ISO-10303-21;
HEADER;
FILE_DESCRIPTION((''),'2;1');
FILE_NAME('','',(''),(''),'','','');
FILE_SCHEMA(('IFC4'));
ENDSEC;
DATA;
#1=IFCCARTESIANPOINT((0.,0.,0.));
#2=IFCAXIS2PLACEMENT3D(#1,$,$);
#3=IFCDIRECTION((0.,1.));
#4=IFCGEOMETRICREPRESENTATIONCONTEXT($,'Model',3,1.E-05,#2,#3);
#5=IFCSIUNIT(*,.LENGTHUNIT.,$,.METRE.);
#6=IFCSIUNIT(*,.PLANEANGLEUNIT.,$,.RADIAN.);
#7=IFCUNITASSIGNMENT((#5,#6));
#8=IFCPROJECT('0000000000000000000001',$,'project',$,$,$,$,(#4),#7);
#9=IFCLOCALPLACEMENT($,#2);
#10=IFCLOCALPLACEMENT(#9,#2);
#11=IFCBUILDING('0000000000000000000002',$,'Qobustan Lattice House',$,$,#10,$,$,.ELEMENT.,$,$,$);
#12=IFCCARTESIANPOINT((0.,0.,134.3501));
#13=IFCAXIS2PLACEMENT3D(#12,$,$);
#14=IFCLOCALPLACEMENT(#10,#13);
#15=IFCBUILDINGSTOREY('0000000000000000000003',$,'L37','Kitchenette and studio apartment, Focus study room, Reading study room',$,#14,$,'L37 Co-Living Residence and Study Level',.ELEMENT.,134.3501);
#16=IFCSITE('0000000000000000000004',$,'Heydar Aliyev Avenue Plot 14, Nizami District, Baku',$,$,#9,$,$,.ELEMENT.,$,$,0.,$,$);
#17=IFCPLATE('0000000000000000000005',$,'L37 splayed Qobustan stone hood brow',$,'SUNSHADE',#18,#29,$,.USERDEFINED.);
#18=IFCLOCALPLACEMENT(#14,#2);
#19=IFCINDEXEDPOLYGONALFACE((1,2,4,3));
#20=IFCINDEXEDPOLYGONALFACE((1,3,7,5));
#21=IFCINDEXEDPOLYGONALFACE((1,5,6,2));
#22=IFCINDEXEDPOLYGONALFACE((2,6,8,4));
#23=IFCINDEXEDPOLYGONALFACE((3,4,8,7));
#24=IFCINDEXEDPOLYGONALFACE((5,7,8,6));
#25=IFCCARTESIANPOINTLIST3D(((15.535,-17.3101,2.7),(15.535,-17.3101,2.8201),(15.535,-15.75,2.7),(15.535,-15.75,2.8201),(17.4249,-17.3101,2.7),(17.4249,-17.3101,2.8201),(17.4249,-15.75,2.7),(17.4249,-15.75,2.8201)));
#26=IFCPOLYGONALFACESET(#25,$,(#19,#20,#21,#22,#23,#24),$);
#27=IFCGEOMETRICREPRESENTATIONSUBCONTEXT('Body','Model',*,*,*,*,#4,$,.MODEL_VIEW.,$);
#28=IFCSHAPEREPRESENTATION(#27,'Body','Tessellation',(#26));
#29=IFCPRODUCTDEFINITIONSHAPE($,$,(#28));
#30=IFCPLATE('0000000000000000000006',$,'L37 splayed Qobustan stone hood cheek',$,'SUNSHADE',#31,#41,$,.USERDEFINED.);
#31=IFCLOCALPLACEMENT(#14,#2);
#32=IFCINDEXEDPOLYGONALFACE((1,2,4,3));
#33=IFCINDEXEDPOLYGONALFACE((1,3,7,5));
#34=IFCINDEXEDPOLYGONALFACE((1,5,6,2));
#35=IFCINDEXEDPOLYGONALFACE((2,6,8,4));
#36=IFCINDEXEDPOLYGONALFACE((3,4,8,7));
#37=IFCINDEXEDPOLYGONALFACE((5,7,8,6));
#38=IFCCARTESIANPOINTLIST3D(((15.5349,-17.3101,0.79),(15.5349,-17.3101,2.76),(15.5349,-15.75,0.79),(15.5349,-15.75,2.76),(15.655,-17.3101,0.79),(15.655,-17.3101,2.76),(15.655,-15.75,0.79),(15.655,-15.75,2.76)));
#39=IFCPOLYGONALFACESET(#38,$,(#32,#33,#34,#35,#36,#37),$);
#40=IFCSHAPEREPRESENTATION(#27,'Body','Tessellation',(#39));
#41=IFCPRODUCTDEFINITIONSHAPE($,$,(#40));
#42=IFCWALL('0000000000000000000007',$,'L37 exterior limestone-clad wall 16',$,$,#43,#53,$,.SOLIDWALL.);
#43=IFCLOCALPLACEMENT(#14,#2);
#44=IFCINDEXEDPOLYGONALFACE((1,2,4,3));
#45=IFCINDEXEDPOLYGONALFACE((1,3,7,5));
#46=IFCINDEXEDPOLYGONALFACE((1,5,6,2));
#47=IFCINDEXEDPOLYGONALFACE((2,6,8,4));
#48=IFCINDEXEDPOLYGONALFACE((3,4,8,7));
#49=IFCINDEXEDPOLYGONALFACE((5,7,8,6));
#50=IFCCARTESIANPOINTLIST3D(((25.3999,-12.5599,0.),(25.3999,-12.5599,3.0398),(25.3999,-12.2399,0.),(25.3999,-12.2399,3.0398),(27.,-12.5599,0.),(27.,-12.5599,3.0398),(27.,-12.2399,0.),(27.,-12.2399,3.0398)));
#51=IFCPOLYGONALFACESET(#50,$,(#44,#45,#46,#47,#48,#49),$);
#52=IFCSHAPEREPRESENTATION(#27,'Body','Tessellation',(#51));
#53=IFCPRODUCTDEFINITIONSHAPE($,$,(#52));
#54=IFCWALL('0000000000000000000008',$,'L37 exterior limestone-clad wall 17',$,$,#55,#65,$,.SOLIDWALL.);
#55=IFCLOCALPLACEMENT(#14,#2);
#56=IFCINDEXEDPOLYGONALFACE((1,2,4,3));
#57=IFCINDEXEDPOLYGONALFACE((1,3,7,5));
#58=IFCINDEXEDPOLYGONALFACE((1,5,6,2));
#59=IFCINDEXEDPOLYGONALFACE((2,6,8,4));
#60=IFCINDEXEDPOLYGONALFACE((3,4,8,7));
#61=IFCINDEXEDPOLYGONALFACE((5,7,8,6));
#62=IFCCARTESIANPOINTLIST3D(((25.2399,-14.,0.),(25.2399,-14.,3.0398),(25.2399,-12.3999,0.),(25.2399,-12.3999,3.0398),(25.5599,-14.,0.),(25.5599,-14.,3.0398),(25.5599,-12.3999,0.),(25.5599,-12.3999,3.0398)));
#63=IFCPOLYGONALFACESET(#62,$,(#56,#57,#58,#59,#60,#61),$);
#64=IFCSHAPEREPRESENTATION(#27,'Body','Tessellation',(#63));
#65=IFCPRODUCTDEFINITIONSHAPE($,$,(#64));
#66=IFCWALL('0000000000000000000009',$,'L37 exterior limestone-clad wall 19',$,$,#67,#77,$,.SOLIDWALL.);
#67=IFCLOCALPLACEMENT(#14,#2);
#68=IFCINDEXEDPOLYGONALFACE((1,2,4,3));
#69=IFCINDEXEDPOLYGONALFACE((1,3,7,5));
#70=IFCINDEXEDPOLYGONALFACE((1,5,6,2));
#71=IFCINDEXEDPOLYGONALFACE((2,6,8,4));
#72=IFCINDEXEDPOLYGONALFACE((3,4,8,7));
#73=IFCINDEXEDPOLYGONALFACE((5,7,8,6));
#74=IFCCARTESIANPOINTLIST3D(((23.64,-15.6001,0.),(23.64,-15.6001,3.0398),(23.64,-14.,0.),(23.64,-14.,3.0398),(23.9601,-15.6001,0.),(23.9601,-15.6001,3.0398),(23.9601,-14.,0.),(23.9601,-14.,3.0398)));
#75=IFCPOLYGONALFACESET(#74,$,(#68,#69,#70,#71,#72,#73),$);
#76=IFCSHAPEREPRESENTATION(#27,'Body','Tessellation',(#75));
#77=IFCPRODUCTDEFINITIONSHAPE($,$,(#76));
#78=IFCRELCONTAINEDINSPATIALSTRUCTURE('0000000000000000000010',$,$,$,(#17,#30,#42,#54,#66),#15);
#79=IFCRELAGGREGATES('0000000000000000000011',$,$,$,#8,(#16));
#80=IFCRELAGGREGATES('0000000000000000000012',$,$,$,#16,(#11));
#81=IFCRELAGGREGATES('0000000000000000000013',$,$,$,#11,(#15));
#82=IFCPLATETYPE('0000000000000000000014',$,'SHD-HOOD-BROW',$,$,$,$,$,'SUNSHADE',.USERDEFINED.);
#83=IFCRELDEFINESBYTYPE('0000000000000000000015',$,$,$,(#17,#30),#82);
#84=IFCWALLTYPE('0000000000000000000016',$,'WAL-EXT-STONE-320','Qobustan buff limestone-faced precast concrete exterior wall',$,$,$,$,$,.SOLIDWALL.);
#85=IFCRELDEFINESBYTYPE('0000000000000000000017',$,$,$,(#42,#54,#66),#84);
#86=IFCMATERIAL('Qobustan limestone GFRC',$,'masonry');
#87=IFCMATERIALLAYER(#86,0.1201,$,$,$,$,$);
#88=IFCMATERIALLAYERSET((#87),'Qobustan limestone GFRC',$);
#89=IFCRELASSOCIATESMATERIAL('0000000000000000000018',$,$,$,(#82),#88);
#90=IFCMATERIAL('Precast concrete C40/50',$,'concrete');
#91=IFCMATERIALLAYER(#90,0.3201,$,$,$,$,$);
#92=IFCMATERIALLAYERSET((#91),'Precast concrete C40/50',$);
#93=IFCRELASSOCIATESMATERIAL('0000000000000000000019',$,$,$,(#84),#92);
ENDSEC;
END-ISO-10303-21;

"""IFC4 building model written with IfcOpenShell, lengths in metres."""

from ifc_helpers import new_model, si_unit, direction, frame, frame_2d, origin, origin_2d, place, context, subcontext, project, spatial, rectangle, extrude, material, layer, layer_set, type_object, element, save


model = new_model("IFC4")

# Units and contexts
model_context = context("Model", 3, precision=1e-05, world=origin(), true_north=direction((0.0, 1.0)))
body_context = subcontext(model_context, "Body", "Model", "MODEL_VIEW")
ifc_project = project(units=[si_unit("LENGTHUNIT", "METRE"), si_unit("PLANEANGLEUNIT", "RADIAN")], contexts=[model_context])

# Site, building, storey
site_placement = place(None, origin())
site = spatial("IfcSite", under=ifc_project, at=site_placement, Name="Heydar Aliyev Avenue Plot 14, Nizami District, Baku", CompositionType="ELEMENT", RefElevation=0.0)
building_placement = place(site_placement, origin())
building = spatial("IfcBuilding", under=site, at=building_placement, Name="Qobustan Lattice House", CompositionType="ELEMENT")
storey_placement = place(building_placement, frame((0.0, 0.0, 134.3501)))
storey = spatial("IfcBuildingStorey", under=building, at=storey_placement, Name="L37", Description="Kitchenette and studio apartment, Focus study room, Reading study room", LongName="L37 Co-Living Residence and Study Level", CompositionType="ELEMENT", Elevation=134.3501)

# Plates
ifc_material_1 = material(Name="Qobustan limestone GFRC", Category="masonry")
ifc_layer_1 = layer(ifc_material_1, 0.1201)
ifc_layer_set_1 = layer_set([ifc_layer_1], Name="Qobustan limestone GFRC")
plate_type_1 = type_object("IfcPlateType", Name="SHD-HOOD-BROW", ElementType="SUNSHADE", PredefinedType="USERDEFINED", material=ifc_layer_set_1)
plate_1_placement = place(storey_placement, frame((16.48, -16.53, 2.7), z_axis=(0.0, 0.0, 1.0), x_axis=(-1.0, 0.0, 0.0)))
element("IfcPlate", 1, at=plate_1_placement, inside=storey, type_object=plate_type_1, Name="L37 splayed Qobustan stone hood brow", ObjectType="SUNSHADE", PredefinedType="USERDEFINED", context=body_context, shape_type="SweptSolid", body=[
    extrude(rectangle(XDim=1.8899, YDim=1.5601, at=origin_2d()), origin(), (0.0, 0.0, 1.0), 0.1201),
])
plate_2_placement = place(storey_placement, frame((15.595, -16.53, 0.79), z_axis=(0.0, 0.0, 1.0), x_axis=(-1.0, 0.0, 0.0)))
element("IfcPlate", 2, at=plate_2_placement, inside=storey, type_object=plate_type_1, Name="L37 splayed Qobustan stone hood cheek", ObjectType="SUNSHADE", PredefinedType="USERDEFINED", context=body_context, shape_type="SweptSolid", body=[
    extrude(rectangle(XDim=0.1201, YDim=1.5601, at=origin_2d()), origin(), (0.0, 0.0, 1.0), 1.97),
])

# Walls
ifc_material_2 = material(Name="Precast concrete C40/50", Category="concrete")
ifc_layer_2 = layer(ifc_material_2, 0.3201)
ifc_layer_set_2 = layer_set([ifc_layer_2], Name="Precast concrete C40/50")
wall_type_1 = type_object("IfcWallType", Name="WAL-EXT-STONE-320", Description="Qobustan buff limestone-faced precast concrete exterior wall", PredefinedType="SOLIDWALL", material=ifc_layer_set_2)
for number, where, z_axis, x_axis, name in (
    (3, (27.0, -12.3999, 0.0), (0.0, 0.0, 1.0), (-1.0, 0.0, 0.0), "L37 exterior limestone-clad wall 16"),
    (4, (25.3999, -12.3999, 0.0), (0.0, 0.0, 1.0), (0.0, -1.0, 0.0), "L37 exterior limestone-clad wall 17"),
    (5, (23.8, -14.0, 0.0), (0.0, 0.0, 1.0), (0.0, -1.0, 0.0), "L37 exterior limestone-clad wall 19"),
):
    element("IfcWall", number, at=place(storey_placement, frame(where, z_axis=z_axis, x_axis=x_axis)), inside=storey, type_object=wall_type_1, Name=name, PredefinedType="SOLIDWALL", context=body_context, shape_type="SweptSolid", body=[
        extrude(rectangle(XDim=1.6001, YDim=0.3201, at=frame_2d((0.8, 0.0))), origin(), (0.0, 0.0, 1.0), 3.0398),
    ])

save(model, "model.ifc")
